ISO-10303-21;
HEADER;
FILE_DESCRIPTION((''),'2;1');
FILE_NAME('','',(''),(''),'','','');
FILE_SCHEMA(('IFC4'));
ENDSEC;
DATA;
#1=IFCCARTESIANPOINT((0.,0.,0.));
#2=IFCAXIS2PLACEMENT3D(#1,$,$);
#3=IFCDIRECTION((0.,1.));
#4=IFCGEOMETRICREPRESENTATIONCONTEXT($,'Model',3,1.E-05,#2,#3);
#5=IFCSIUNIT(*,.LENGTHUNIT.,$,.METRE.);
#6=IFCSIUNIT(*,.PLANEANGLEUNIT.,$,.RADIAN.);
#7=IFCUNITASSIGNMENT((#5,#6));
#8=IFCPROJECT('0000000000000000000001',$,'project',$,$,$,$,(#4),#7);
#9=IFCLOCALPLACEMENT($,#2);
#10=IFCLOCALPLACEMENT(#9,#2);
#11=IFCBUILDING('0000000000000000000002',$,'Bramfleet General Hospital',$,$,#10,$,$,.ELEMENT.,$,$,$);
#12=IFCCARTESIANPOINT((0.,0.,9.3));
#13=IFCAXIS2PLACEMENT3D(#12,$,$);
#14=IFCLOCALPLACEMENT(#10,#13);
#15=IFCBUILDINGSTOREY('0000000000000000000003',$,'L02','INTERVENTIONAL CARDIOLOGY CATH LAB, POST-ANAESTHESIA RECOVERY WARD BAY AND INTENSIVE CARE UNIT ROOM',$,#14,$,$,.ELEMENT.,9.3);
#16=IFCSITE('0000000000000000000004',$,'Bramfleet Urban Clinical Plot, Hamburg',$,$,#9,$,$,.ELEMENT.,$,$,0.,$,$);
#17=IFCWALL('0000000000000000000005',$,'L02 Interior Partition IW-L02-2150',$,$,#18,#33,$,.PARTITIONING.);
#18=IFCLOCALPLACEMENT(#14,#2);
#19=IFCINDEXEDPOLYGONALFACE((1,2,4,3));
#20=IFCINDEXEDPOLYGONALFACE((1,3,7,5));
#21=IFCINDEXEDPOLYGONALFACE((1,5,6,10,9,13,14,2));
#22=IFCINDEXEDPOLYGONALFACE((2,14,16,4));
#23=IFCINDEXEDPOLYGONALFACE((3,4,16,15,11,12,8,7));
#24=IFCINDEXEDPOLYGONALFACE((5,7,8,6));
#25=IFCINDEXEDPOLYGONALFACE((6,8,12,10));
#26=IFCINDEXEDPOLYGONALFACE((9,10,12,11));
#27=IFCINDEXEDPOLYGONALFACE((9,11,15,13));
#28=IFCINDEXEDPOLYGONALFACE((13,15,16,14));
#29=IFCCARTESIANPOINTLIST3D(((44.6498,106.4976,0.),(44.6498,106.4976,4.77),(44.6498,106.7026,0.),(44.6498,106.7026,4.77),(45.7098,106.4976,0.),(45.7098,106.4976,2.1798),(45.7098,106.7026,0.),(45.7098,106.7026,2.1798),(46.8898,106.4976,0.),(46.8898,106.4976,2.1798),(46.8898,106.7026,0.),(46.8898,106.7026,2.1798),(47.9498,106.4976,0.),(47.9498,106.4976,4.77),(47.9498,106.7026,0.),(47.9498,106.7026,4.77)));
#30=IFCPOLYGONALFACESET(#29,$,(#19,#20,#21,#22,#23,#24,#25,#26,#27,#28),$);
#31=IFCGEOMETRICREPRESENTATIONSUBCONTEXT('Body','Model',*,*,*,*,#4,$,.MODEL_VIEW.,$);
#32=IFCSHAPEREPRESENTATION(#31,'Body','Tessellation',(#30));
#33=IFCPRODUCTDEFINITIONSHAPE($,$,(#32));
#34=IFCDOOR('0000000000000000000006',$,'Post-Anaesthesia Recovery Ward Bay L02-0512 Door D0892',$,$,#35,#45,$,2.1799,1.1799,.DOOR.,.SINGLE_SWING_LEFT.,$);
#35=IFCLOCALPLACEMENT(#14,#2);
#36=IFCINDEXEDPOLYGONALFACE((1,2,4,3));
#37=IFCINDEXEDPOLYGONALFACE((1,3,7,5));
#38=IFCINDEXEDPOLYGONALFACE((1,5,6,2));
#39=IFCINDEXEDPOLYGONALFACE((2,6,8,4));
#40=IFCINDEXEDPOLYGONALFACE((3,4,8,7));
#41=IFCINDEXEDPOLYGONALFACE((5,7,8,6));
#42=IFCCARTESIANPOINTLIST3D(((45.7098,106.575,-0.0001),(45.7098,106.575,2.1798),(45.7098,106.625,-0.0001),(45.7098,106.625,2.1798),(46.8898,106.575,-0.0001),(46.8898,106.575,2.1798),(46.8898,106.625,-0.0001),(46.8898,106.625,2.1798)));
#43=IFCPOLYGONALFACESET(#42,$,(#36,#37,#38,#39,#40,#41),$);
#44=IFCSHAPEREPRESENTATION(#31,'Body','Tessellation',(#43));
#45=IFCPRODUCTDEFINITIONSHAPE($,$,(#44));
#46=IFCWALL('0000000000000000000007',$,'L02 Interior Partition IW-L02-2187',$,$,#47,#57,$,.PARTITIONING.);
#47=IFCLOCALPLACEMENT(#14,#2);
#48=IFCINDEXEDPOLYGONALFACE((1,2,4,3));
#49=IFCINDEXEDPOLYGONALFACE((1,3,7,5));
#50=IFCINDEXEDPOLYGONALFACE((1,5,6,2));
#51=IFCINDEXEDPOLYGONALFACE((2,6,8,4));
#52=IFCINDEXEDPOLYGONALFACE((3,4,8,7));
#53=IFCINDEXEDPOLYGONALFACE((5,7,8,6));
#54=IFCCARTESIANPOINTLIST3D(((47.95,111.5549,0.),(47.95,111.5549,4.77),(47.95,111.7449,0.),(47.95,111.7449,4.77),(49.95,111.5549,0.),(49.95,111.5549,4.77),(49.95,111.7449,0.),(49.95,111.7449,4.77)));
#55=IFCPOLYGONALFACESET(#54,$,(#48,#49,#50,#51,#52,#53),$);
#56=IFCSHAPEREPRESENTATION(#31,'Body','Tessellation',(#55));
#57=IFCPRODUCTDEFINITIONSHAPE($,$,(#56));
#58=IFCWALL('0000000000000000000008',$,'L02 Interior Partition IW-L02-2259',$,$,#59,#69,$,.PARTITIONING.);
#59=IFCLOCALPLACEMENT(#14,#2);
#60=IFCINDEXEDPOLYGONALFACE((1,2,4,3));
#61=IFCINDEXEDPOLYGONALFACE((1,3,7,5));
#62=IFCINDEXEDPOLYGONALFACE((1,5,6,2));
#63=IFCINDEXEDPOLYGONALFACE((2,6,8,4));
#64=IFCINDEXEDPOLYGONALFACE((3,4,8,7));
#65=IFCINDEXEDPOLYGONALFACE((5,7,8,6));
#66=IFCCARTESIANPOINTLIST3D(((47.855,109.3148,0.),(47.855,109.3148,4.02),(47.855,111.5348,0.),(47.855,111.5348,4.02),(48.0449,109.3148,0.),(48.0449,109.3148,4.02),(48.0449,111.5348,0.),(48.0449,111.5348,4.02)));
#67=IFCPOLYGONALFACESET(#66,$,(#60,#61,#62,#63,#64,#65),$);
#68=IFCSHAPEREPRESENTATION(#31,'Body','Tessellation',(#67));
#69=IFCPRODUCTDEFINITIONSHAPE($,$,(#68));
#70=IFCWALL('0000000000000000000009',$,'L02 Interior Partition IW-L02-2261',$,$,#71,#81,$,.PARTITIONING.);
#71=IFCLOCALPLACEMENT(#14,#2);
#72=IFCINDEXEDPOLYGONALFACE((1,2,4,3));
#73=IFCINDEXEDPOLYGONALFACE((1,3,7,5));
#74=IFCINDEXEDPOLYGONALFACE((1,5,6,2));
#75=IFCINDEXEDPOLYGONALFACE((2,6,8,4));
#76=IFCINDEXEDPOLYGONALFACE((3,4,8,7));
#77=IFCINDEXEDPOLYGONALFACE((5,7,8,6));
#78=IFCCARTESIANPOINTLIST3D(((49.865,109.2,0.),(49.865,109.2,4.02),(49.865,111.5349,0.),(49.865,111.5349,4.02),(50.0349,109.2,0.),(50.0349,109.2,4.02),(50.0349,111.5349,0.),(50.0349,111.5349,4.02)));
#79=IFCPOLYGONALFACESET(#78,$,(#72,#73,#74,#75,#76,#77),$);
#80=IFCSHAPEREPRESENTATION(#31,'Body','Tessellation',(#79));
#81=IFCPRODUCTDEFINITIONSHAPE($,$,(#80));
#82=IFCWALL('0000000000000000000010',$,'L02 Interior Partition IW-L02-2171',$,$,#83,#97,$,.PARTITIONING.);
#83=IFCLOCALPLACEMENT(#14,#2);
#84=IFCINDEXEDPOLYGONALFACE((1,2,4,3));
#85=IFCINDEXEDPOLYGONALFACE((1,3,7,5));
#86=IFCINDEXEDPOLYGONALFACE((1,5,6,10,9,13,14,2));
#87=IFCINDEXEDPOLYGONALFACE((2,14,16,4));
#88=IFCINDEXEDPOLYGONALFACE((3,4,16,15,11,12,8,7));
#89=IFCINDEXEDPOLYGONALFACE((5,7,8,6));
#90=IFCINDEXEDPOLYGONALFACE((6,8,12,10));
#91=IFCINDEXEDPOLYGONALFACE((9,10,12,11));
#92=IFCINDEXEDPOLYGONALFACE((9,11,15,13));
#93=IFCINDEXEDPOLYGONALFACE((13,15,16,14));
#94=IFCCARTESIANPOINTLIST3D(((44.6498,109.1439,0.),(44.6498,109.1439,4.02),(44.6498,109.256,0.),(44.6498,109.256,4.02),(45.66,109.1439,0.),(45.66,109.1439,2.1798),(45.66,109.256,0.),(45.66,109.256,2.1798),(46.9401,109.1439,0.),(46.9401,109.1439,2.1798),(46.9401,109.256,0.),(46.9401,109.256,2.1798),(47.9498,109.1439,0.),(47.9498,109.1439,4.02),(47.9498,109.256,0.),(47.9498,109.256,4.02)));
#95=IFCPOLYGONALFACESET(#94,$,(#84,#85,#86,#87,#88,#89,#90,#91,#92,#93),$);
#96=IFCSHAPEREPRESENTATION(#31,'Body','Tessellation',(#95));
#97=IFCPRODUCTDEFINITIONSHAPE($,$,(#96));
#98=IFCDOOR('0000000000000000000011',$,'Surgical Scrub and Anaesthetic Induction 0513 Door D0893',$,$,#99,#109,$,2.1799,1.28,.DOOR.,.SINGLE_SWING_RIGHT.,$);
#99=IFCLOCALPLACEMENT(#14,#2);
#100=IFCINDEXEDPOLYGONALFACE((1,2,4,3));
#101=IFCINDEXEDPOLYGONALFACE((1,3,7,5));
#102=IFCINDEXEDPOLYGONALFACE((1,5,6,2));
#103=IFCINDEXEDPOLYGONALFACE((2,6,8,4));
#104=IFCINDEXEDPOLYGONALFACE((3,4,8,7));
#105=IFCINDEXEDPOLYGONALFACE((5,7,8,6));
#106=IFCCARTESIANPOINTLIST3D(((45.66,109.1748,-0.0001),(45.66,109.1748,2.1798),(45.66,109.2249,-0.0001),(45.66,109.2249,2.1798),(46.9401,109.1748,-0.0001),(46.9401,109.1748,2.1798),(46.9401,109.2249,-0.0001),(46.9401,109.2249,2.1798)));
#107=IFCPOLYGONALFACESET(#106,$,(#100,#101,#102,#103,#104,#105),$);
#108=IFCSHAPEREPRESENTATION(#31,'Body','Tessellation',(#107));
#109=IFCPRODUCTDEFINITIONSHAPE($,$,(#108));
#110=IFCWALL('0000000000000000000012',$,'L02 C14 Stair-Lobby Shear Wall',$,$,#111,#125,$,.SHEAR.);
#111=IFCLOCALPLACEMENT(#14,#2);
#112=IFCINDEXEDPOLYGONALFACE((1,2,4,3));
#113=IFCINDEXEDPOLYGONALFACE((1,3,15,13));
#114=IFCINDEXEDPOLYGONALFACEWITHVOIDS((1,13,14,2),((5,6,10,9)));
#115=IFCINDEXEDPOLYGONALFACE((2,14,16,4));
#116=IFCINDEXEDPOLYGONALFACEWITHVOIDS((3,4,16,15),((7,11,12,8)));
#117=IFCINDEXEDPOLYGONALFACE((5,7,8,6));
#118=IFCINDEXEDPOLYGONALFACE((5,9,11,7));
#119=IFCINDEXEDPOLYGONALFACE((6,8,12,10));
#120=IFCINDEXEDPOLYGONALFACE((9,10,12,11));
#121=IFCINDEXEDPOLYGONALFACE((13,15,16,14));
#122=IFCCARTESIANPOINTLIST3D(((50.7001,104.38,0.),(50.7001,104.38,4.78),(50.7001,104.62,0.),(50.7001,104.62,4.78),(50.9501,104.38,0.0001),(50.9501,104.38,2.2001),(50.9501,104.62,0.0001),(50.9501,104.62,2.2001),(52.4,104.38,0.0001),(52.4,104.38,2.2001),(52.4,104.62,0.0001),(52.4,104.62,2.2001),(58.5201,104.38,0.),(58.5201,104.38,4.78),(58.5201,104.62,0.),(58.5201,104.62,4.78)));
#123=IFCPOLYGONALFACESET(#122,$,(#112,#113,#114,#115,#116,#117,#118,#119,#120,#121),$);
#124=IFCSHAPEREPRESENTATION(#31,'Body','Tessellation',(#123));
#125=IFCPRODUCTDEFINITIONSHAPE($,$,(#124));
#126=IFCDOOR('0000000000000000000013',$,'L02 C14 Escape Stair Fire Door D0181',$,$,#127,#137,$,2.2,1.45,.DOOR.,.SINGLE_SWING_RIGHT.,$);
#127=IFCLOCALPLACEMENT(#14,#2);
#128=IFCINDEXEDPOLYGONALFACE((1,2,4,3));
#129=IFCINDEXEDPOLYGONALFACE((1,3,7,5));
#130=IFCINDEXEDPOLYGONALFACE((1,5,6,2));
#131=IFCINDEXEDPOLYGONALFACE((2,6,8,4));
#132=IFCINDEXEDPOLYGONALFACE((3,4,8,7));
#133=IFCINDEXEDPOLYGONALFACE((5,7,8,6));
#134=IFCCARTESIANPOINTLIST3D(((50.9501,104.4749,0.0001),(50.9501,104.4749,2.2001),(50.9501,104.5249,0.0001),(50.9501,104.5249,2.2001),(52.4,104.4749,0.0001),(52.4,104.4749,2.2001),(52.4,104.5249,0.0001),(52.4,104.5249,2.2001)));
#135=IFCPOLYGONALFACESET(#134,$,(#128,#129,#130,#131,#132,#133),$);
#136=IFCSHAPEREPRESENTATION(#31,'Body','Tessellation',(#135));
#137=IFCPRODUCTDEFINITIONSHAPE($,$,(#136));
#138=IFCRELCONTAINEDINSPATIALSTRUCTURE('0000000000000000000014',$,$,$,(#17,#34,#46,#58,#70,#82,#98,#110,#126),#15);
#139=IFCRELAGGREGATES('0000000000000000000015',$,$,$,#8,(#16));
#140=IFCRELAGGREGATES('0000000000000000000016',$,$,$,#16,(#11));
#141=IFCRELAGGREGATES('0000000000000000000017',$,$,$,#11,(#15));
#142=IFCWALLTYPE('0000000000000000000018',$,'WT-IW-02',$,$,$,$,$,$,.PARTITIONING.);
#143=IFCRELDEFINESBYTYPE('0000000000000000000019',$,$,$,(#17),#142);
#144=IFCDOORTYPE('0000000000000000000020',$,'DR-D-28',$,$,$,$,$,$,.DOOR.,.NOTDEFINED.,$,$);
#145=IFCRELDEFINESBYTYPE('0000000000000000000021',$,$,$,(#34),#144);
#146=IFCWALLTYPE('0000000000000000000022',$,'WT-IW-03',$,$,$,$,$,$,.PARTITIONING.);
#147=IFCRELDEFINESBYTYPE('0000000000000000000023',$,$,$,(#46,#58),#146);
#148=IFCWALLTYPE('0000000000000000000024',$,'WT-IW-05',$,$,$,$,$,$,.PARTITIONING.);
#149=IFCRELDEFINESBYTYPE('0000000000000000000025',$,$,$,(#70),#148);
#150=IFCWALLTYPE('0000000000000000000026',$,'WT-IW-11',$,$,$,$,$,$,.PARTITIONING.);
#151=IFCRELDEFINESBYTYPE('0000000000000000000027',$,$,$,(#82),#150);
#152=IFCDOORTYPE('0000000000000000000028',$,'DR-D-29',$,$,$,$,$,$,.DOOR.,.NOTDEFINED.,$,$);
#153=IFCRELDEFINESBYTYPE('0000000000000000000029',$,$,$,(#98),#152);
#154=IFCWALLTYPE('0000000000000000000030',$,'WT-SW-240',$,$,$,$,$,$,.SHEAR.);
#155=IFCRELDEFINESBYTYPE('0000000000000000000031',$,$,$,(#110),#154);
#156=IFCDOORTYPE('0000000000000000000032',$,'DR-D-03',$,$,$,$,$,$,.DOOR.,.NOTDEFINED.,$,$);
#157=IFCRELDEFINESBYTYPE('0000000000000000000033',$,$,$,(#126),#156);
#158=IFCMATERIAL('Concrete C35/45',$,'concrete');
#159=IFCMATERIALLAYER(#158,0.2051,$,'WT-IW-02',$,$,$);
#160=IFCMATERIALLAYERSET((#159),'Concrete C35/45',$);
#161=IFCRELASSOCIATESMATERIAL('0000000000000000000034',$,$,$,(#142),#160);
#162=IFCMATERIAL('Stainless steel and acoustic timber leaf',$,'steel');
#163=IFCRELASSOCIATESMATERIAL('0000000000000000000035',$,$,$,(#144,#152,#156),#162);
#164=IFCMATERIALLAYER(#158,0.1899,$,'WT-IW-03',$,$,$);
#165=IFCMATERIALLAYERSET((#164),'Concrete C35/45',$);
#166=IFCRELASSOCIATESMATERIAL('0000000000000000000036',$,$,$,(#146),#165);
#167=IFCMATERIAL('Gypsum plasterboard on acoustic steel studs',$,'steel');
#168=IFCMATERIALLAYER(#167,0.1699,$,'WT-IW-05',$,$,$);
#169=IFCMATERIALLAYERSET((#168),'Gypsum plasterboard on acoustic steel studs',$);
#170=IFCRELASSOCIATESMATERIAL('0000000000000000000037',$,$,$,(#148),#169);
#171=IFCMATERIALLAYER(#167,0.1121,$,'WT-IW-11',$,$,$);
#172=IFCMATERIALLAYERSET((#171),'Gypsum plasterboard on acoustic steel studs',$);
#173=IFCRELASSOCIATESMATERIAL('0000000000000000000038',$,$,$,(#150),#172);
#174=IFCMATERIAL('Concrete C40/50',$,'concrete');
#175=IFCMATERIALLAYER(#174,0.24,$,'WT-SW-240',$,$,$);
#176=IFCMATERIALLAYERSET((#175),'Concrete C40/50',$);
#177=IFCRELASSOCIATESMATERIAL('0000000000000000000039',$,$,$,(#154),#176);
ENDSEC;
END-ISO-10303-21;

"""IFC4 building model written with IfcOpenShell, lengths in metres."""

from ifc_helpers import new_model, si_unit, direction, frame, frame_2d, origin, place, context, subcontext, project, spatial, rectangle, extrude, material, layer, layer_set, type_object, element, fill, save


model = new_model("IFC4")

# Units and contexts
model_context = context("Model", 3, precision=1e-05, world=origin(), true_north=direction((0.0, 1.0)))
body_context = subcontext(model_context, "Body", "Model", "MODEL_VIEW")
ifc_project = project(units=[si_unit("LENGTHUNIT", "METRE"), si_unit("PLANEANGLEUNIT", "RADIAN")], contexts=[model_context])

# Site, building, storey
site_placement = place(None, origin())
site = spatial("IfcSite", under=ifc_project, at=site_placement, Name="Bramfleet Urban Clinical Plot, Hamburg", CompositionType="ELEMENT", RefElevation=0.0)
building_placement = place(site_placement, origin())
building = spatial("IfcBuilding", under=site, at=building_placement, Name="Bramfleet General Hospital", CompositionType="ELEMENT")
storey_placement = place(building_placement, frame((0.0, 0.0, 9.3)))
storey = spatial("IfcBuildingStorey", under=building, at=storey_placement, Name="L02", Description="INTERVENTIONAL CARDIOLOGY CATH LAB, POST-ANAESTHESIA RECOVERY WARD BAY AND INTENSIVE CARE UNIT ROOM", CompositionType="ELEMENT", Elevation=9.3)

# Shared definitions
ifc_material_1 = material(Name="Concrete C40/50", Category="concrete")

# Shared definitions
ifc_material_2 = material(Name="Concrete C35/45", Category="concrete")

# Shared definitions
ifc_layer_1 = layer(ifc_material_2, 0.2051, Name="WT-IW-02")
ifc_layer_set_1 = layer_set([ifc_layer_1], Name="Concrete C35/45")
wall_type_1 = type_object("IfcWallType", Name="WT-IW-02", PredefinedType="PARTITIONING", material=ifc_layer_set_1)

# Wall, opening, door
ifc_material_3 = material(Name="Stainless steel and acoustic timber leaf", Category="steel")
wall_1_placement = place(storey_placement, frame((44.6499, 106.6001, 0.0), z_axis=(0.0, 0.0, 1.0), x_axis=(1.0, 0.0, 0.0)))
wall_1 = element("IfcWall", 1, at=wall_1_placement, inside=storey, type_object=wall_type_1, Name="L02 Interior Partition IW-L02-2150", PredefinedType="PARTITIONING", context=body_context, shape_type="SweptSolid", body=[
    extrude(rectangle(XDim=3.3, YDim=0.2051, at=frame_2d((1.6499, 0.0))), origin(), (0.0, 0.0, 1.0), 4.77),
])
opening_1_placement = place(wall_1_placement, frame((1.0601, 0.0, 0.0)))
opening_1 = element("IfcOpeningElement", 2, at=opening_1_placement, cuts=wall_1, PredefinedType="OPENING", context=body_context, shape_type="SweptSolid", body=[
    extrude(rectangle(XDim=1.1799, YDim=2.1799, at=frame_2d((0.5898, 1.0898))), frame((0.0, 0.1125, 0.0), z_axis=(0.0, -1.0, 0.0), x_axis=(1.0, 0.0, 0.0)), (0.0, 0.0, 1.0), 0.2251),
])
door_type_1 = type_object("IfcDoorType", Name="DR-D-28", OperationType="NOTDEFINED", PredefinedType="DOOR", material=ifc_material_3)
door_1_placement = place(opening_1_placement, origin())
door_1 = element("IfcDoor", 3, at=door_1_placement, inside=storey, type_object=door_type_1, Name="Post-Anaesthesia Recovery Ward Bay L02-0512 Door D0892", OperationType="SINGLE_SWING_LEFT", OverallHeight=2.1799, OverallWidth=1.1799, PredefinedType="DOOR", context=body_context, shape_type="SweptSolid", body=[
    extrude(rectangle(XDim=1.1799, YDim=2.1799, at=frame_2d((0.5898, 1.0898))), frame((0.0, 0.0249, 0.0), z_axis=(0.0, -1.0, 0.0), x_axis=(1.0, 0.0, 0.0)), (0.0, 0.0, 1.0), 0.05),
])
fill(opening_1, door_1)

# Walls
ifc_layer_2 = layer(ifc_material_2, 0.1899, Name="WT-IW-03")
ifc_layer_set_2 = layer_set([ifc_layer_2], Name="Concrete C35/45")
wall_type_2 = type_object("IfcWallType", Name="WT-IW-03", PredefinedType="PARTITIONING", material=ifc_layer_set_2)
wall_2_placement = place(storey_placement, frame((47.95, 111.6499, 0.0), z_axis=(0.0, 0.0, 1.0), x_axis=(1.0, 0.0, 0.0)))
element("IfcWall", 4, at=wall_2_placement, inside=storey, type_object=wall_type_2, Name="L02 Interior Partition IW-L02-2187", PredefinedType="PARTITIONING", context=body_context, shape_type="SweptSolid", body=[
    extrude(rectangle(XDim=2.0, YDim=0.1899, at=frame_2d((1.0, 0.0))), origin(), (0.0, 0.0, 1.0), 4.77),
])
wall_3_placement = place(storey_placement, frame((47.95, 109.3149, 0.0), z_axis=(0.0, 0.0, 1.0), x_axis=(0.0, 1.0, 0.0)))
element("IfcWall", 5, at=wall_3_placement, inside=storey, type_object=wall_type_2, Name="L02 Interior Partition IW-L02-2259", PredefinedType="PARTITIONING", context=body_context, shape_type="SweptSolid", body=[
    extrude(rectangle(XDim=2.22, YDim=0.1899, at=frame_2d((1.1099, 0.0))), origin(), (0.0, 0.0, 1.0), 4.02),
])
ifc_material_4 = material(Name="Gypsum plasterboard on acoustic steel studs", Category="steel")
ifc_layer_3 = layer(ifc_material_4, 0.1699, Name="WT-IW-05")
ifc_layer_set_3 = layer_set([ifc_layer_3], Name="Gypsum plasterboard on acoustic steel studs")
wall_type_3 = type_object("IfcWallType", Name="WT-IW-05", PredefinedType="PARTITIONING", material=ifc_layer_set_3)
wall_4_placement = place(storey_placement, frame((49.95, 109.2, 0.0), z_axis=(0.0, 0.0, 1.0), x_axis=(0.0, 1.0, 0.0)))
element("IfcWall", 6, at=wall_4_placement, inside=storey, type_object=wall_type_3, Name="L02 Interior Partition IW-L02-2261", PredefinedType="PARTITIONING", context=body_context, shape_type="SweptSolid", body=[
    extrude(rectangle(XDim=2.335, YDim=0.1699, at=frame_2d((1.1675, 0.0))), origin(), (0.0, 0.0, 1.0), 4.02),
])

# Walls, openings, doors
ifc_layer_4 = layer(ifc_material_4, 0.1121, Name="WT-IW-11")
ifc_layer_set_4 = layer_set([ifc_layer_4], Name="Gypsum plasterboard on acoustic steel studs")
wall_type_4 = type_object("IfcWallType", Name="WT-IW-11", PredefinedType="PARTITIONING", material=ifc_layer_set_4)
wall_5_placement = place(storey_placement, frame((44.6499, 109.2, 0.0), z_axis=(0.0, 0.0, 1.0), x_axis=(1.0, 0.0, 0.0)))
wall_5 = element("IfcWall", 7, at=wall_5_placement, inside=storey, type_object=wall_type_4, Name="L02 Interior Partition IW-L02-2171", PredefinedType="PARTITIONING", context=body_context, shape_type="SweptSolid", body=[
    extrude(rectangle(XDim=3.3, YDim=0.1121, at=frame_2d((1.6499, 0.0))), origin(), (0.0, 0.0, 1.0), 4.02),
])
opening_2_placement = place(wall_5_placement, frame((1.01, 0.0, 0.0)))
opening_2 = element("IfcOpeningElement", 8, at=opening_2_placement, cuts=wall_5, PredefinedType="OPENING", context=body_context, shape_type="SweptSolid", body=[
    extrude(rectangle(XDim=1.28, YDim=2.1799, at=frame_2d((0.6401, 1.0898))), frame((0.0, 0.0659, 0.0), z_axis=(0.0, -1.0, 0.0), x_axis=(1.0, 0.0, 0.0)), (0.0, 0.0, 1.0), 0.1321),
])
door_type_2 = type_object("IfcDoorType", Name="DR-D-29", OperationType="NOTDEFINED", PredefinedType="DOOR", material=ifc_material_3)
door_2_placement = place(opening_2_placement, origin())
door_2 = element("IfcDoor", 9, at=door_2_placement, inside=storey, type_object=door_type_2, Name="Surgical Scrub and Anaesthetic Induction 0513 Door D0893", OperationType="SINGLE_SWING_RIGHT", OverallHeight=2.1799, OverallWidth=1.28, PredefinedType="DOOR", context=body_context, shape_type="SweptSolid", body=[
    extrude(rectangle(XDim=1.28, YDim=2.1799, at=frame_2d((0.6401, 1.0898))), frame((0.0, 0.0249, 0.0), z_axis=(0.0, -1.0, 0.0), x_axis=(1.0, 0.0, 0.0)), (0.0, 0.0, 1.0), 0.05),
])
fill(opening_2, door_2)
ifc_layer_5 = layer(ifc_material_1, 0.24, Name="WT-SW-240")
ifc_layer_set_5 = layer_set([ifc_layer_5], Name="Concrete C40/50")
wall_type_5 = type_object("IfcWallType", Name="WT-SW-240", PredefinedType="SHEAR", material=ifc_layer_set_5)
wall_6_placement = place(storey_placement, frame((50.7, 104.5, 0.0), z_axis=(0.0, 0.0, 1.0), x_axis=(1.0, 0.0, 0.0)))
wall_6 = element("IfcWall", 10, at=wall_6_placement, inside=storey, type_object=wall_type_5, Name="L02 C14 Stair-Lobby Shear Wall", PredefinedType="SHEAR", context=body_context, shape_type="SweptSolid", body=[
    extrude(rectangle(XDim=7.8201, YDim=0.24, at=frame_2d((3.9102, 0.0))), origin(), (0.0, 0.0, 1.0), 4.78),
])
opening_3_placement = place(wall_6_placement, frame((0.25, 0.0, 0.0)))
opening_3 = element("IfcOpeningElement", 11, at=opening_3_placement, cuts=wall_6, PredefinedType="OPENING", context=body_context, shape_type="SweptSolid", body=[
    extrude(rectangle(XDim=1.45, YDim=2.2, at=frame_2d((0.7251, 1.1001))), frame((0.0, 0.1299, 0.0), z_axis=(0.0, -1.0, 0.0), x_axis=(1.0, 0.0, 0.0)), (0.0, 0.0, 1.0), 0.26),
])
door_type_3 = type_object("IfcDoorType", Name="DR-D-03", OperationType="NOTDEFINED", PredefinedType="DOOR", material=ifc_material_3)
door_3_placement = place(opening_3_placement, origin())
door_3 = element("IfcDoor", 12, at=door_3_placement, inside=storey, type_object=door_type_3, Name="L02 C14 Escape Stair Fire Door D0181", OperationType="SINGLE_SWING_RIGHT", OverallHeight=2.2, OverallWidth=1.45, PredefinedType="DOOR", context=body_context, shape_type="SweptSolid", body=[
    extrude(rectangle(XDim=1.45, YDim=2.2, at=frame_2d((0.7251, 1.1001))), frame((0.0, 0.0249, 0.0), z_axis=(0.0, -1.0, 0.0), x_axis=(1.0, 0.0, 0.0)), (0.0, 0.0, 1.0), 0.05),
])
fill(opening_3, door_3)

save(model, "model.ifc")
